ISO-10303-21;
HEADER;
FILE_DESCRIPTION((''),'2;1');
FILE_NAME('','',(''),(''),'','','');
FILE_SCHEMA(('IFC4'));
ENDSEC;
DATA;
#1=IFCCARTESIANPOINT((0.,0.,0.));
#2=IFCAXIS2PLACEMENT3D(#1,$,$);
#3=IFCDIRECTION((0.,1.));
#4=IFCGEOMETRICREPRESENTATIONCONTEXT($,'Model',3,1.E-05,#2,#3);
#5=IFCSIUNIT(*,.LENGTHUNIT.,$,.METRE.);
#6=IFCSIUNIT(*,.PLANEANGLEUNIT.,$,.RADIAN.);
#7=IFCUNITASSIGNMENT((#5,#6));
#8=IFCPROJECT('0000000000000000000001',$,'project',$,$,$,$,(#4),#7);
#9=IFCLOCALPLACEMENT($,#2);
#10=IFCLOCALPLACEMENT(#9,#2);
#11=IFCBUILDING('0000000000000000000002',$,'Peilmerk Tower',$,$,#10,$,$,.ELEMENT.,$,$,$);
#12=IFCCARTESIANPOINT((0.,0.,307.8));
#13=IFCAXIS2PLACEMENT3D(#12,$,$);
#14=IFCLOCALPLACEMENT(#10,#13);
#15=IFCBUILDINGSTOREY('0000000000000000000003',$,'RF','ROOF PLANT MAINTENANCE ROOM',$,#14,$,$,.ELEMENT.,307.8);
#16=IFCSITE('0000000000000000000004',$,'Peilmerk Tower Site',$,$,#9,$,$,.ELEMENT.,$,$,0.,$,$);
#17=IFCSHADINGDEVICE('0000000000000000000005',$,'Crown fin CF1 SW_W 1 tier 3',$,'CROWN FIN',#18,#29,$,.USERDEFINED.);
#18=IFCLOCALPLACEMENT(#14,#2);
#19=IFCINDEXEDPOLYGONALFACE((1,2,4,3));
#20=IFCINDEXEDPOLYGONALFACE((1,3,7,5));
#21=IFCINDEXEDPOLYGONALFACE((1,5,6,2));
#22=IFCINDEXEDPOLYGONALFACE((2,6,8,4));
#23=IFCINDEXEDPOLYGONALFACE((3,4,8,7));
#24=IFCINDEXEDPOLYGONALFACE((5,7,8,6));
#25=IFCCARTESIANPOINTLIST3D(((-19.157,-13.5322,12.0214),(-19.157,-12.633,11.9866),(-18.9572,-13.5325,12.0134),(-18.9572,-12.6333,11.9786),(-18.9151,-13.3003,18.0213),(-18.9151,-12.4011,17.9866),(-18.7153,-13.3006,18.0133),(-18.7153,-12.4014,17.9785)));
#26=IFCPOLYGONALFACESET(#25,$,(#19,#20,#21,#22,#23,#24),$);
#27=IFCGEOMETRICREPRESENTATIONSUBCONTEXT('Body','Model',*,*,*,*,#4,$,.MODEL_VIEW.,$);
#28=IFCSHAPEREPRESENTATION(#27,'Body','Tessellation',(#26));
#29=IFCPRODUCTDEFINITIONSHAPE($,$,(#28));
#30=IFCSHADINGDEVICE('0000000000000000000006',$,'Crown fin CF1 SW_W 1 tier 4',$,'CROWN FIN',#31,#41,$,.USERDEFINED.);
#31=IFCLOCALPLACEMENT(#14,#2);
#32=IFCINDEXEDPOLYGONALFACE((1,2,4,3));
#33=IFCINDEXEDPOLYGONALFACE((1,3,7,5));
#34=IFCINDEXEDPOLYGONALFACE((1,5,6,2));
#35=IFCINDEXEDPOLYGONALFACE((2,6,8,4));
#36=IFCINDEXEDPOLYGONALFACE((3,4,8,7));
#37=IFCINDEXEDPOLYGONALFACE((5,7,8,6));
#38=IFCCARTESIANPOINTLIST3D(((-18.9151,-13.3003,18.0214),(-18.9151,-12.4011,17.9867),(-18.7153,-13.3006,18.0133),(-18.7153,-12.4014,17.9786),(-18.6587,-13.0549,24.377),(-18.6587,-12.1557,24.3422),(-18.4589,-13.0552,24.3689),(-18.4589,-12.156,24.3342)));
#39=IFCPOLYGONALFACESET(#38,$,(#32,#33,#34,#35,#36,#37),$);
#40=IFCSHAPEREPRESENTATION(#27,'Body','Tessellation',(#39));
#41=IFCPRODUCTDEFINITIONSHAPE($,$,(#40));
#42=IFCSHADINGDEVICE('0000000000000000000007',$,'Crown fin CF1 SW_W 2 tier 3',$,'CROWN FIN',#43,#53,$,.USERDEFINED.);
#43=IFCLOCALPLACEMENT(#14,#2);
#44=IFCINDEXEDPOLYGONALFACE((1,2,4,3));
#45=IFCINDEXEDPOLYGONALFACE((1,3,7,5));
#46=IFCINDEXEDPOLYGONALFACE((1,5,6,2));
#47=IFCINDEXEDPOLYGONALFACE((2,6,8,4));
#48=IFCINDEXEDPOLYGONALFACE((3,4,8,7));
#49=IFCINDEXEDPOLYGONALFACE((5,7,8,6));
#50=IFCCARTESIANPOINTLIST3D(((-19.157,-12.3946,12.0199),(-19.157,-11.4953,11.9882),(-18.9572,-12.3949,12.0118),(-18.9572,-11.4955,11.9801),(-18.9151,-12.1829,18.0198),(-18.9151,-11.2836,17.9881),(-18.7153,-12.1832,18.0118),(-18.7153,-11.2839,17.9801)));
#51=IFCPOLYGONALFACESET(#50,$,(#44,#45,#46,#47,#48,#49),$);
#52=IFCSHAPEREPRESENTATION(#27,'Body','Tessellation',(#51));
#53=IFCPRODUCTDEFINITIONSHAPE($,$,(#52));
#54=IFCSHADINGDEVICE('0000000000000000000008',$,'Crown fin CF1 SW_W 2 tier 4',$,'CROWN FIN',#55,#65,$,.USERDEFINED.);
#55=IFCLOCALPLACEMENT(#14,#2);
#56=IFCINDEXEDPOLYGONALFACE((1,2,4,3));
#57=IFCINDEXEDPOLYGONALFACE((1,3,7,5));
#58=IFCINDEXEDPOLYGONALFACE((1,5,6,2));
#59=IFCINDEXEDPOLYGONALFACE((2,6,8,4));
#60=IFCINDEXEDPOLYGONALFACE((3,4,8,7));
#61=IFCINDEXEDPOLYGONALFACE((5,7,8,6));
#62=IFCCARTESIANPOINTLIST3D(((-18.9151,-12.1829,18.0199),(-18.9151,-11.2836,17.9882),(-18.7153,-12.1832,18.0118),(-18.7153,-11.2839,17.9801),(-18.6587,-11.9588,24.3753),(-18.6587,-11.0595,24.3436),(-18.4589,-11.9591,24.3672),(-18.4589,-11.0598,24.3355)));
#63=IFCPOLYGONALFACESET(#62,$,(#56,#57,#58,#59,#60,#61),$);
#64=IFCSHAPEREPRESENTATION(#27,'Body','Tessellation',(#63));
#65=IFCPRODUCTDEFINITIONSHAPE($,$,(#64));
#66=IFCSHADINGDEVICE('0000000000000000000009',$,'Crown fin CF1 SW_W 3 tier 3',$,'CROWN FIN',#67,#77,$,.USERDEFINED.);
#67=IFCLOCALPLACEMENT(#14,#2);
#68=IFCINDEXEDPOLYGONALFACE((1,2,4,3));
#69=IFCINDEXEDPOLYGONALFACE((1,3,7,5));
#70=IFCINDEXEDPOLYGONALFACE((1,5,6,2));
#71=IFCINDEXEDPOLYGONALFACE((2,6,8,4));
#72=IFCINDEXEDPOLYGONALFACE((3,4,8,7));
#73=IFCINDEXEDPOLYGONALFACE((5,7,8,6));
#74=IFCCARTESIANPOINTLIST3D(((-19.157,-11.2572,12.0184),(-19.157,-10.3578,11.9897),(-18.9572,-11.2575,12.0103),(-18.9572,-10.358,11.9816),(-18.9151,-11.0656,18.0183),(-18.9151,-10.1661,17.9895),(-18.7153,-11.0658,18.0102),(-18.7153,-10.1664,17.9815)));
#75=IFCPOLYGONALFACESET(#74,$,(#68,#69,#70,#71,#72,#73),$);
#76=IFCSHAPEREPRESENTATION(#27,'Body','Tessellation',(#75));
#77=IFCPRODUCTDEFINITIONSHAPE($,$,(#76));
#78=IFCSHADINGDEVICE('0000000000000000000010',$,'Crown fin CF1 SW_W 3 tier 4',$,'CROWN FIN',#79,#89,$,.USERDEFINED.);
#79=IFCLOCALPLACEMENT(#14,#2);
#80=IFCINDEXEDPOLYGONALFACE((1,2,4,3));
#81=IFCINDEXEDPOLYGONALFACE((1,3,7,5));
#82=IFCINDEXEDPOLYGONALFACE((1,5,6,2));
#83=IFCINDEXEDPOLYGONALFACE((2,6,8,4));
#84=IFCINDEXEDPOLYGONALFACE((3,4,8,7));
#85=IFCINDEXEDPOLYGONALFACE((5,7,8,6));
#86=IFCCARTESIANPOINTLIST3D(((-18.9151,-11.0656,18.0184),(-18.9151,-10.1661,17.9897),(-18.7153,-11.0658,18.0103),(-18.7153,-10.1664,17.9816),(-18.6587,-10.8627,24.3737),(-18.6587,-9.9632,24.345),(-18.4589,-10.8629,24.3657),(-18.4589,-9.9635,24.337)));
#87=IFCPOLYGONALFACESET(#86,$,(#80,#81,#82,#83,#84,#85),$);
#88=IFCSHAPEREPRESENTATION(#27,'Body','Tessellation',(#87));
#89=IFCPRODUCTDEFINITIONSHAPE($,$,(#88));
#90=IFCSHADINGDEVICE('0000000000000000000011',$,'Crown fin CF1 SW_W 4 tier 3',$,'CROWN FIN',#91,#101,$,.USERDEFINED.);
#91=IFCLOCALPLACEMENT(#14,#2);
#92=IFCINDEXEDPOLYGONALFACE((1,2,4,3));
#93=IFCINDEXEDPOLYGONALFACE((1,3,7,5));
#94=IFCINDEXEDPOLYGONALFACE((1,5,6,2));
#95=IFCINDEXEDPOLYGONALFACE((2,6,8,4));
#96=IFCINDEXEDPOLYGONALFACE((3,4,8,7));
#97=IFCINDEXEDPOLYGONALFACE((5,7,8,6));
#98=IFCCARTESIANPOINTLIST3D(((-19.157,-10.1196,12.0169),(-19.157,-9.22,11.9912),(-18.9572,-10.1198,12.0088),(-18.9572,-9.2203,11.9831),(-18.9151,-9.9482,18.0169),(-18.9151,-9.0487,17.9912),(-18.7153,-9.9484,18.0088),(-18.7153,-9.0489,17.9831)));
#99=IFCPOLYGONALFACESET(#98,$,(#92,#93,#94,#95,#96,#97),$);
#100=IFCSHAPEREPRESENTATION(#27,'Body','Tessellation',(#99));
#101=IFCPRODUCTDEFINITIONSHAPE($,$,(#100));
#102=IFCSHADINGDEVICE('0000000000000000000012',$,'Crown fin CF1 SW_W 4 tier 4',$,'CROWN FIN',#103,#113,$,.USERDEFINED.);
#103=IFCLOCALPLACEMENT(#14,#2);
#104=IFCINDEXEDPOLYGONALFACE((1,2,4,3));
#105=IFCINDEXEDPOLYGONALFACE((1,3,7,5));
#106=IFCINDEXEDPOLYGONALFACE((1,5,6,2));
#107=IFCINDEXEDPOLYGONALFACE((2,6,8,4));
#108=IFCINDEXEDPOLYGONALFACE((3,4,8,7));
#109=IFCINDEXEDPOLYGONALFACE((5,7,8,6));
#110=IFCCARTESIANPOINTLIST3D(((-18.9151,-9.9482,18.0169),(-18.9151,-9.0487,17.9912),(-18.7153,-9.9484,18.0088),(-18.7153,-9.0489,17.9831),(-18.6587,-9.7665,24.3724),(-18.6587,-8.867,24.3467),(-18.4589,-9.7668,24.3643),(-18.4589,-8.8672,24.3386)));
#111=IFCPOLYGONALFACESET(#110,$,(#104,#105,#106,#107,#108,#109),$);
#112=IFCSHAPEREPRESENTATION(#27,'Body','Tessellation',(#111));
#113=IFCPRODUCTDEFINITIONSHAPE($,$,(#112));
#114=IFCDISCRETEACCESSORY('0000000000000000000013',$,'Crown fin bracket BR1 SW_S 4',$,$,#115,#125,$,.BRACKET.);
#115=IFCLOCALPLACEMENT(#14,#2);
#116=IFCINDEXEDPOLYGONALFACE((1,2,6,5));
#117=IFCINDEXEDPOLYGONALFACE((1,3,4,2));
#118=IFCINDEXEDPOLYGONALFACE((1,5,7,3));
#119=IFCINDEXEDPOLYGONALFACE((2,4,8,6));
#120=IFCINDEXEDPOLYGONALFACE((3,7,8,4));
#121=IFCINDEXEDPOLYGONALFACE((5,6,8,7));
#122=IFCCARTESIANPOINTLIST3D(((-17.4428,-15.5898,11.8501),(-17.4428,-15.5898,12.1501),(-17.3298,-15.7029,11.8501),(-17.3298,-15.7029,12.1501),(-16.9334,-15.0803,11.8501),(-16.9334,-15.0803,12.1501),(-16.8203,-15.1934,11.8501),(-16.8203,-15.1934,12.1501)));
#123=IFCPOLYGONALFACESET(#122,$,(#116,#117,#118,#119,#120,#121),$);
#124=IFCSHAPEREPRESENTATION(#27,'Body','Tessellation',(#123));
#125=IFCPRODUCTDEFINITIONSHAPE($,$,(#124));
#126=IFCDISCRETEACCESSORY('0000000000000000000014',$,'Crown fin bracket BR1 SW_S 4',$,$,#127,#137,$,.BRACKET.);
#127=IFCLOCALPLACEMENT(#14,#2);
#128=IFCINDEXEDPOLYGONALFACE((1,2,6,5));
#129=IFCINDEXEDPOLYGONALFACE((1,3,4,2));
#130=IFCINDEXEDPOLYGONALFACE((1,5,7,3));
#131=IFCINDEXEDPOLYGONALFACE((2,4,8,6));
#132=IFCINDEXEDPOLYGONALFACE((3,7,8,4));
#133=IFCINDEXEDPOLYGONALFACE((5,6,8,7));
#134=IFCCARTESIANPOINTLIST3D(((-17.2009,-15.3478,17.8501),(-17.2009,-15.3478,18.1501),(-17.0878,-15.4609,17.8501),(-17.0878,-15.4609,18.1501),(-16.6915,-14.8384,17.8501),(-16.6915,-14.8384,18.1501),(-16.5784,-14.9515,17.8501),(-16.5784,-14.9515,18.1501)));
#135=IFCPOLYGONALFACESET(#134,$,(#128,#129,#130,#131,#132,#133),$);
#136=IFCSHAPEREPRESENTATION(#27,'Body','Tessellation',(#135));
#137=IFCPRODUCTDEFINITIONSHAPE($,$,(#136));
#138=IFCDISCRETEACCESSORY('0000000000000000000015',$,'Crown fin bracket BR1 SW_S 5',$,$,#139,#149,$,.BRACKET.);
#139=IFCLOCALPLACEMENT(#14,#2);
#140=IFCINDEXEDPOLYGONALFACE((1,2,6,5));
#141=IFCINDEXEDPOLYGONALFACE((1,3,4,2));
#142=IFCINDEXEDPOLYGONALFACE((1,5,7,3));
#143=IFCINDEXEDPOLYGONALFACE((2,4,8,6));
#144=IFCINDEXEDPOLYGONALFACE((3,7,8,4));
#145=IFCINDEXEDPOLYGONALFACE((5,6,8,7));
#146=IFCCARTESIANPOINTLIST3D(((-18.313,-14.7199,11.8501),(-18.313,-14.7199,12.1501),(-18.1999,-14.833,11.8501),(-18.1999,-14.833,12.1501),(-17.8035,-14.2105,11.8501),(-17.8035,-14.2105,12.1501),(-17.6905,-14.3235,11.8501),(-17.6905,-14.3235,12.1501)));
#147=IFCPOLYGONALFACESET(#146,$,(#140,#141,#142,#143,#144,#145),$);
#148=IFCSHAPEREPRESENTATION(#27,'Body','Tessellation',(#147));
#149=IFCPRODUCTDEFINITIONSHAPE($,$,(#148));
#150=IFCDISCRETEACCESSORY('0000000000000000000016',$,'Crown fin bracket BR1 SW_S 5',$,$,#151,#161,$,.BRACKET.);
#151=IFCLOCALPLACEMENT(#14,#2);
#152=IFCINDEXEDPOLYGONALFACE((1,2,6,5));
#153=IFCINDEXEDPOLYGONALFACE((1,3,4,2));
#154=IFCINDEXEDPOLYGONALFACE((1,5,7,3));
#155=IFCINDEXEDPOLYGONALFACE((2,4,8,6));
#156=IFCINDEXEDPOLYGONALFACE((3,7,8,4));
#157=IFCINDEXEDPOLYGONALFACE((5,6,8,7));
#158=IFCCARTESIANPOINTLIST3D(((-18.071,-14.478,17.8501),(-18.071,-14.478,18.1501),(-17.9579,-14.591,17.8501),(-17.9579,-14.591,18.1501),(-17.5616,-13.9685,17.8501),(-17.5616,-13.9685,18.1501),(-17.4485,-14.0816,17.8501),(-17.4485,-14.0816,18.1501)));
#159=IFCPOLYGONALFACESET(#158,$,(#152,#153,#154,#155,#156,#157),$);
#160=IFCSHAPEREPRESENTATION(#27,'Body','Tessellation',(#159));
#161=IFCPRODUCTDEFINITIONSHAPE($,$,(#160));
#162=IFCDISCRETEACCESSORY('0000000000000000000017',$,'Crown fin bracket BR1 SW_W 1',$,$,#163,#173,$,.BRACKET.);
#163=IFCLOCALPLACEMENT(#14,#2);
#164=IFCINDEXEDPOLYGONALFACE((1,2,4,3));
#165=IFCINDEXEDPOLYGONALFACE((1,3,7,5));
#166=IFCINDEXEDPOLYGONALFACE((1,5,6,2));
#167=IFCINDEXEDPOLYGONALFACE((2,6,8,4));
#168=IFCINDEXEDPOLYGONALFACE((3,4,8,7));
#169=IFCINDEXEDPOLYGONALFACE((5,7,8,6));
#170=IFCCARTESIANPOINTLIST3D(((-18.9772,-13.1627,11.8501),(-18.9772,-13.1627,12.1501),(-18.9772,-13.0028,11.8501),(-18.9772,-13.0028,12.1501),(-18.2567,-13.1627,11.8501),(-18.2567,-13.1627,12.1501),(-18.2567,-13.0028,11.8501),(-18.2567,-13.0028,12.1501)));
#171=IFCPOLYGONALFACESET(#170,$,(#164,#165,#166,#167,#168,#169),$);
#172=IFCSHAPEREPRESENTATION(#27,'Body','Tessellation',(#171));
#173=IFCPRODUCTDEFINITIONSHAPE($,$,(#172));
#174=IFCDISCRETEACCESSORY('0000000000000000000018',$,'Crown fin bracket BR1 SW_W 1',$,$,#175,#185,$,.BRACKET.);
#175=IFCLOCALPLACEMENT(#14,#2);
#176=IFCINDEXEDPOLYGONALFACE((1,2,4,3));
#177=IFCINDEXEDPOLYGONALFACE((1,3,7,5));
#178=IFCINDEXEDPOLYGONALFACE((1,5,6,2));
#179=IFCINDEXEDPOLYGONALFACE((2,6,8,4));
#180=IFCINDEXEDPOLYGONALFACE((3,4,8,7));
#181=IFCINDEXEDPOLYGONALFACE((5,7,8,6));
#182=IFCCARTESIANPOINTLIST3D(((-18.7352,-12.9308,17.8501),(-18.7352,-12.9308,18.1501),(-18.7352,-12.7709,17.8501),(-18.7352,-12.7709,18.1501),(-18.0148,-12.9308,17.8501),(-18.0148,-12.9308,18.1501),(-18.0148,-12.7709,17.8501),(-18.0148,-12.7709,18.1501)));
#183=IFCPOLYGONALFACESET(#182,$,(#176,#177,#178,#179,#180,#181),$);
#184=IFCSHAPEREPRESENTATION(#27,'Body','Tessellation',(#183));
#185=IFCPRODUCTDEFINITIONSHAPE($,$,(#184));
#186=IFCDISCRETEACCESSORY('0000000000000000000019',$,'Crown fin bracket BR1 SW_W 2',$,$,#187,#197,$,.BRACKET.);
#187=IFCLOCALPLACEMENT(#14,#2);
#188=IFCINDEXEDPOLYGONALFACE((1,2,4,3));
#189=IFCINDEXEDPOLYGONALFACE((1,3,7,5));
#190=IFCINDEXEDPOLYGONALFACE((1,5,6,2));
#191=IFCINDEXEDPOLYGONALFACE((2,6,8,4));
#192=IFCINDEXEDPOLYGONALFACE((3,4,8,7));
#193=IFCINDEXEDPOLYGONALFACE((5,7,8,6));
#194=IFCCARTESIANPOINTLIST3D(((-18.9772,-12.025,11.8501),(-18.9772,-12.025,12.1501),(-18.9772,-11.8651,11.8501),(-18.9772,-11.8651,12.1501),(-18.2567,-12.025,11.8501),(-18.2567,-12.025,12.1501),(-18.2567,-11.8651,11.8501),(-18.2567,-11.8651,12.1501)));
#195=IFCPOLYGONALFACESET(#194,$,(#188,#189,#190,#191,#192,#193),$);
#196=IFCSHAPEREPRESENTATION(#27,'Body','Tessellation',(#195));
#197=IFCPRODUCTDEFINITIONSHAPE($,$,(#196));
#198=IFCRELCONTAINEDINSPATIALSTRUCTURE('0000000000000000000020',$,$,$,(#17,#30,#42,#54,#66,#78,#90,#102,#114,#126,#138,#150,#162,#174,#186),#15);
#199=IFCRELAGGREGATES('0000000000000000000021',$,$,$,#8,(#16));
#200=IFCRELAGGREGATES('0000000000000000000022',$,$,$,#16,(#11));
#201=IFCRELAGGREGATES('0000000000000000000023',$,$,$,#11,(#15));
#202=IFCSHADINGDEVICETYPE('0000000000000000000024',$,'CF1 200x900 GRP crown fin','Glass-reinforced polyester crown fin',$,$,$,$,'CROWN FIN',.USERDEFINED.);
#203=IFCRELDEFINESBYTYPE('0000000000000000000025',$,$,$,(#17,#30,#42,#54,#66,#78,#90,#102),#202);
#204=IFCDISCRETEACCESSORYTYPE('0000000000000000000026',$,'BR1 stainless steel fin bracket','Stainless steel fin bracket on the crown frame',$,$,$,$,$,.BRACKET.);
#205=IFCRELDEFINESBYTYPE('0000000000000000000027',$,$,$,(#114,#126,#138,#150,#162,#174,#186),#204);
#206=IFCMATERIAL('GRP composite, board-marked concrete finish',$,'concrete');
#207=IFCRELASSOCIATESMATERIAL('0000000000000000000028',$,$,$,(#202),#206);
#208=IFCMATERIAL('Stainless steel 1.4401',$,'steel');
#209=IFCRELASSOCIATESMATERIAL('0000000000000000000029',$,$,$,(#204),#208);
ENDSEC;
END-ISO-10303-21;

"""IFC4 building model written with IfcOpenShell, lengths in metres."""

from ifc_helpers import new_model, si_unit, direction, frame, origin, origin_2d, place, context, subcontext, project, spatial, rectangle, extrude, source, transform, mapped, material, material_profile, profile_set, type_object, element, save


model = new_model("IFC4")

# Units and contexts
model_context = context("Model", 3, precision=1e-05, world=origin(), true_north=direction((0.0, 1.0)))
body_context = subcontext(model_context, "Body", "Model", "MODEL_VIEW")
ifc_project = project(units=[si_unit("LENGTHUNIT", "METRE"), si_unit("PLANEANGLEUNIT", "RADIAN")], contexts=[model_context])

# Site, building, storey
site_placement = place(None, origin())
site = spatial("IfcSite", under=ifc_project, at=site_placement, Name="Peilmerk Tower Site", CompositionType="ELEMENT", RefElevation=0.0)
building_placement = place(site_placement, origin())
building = spatial("IfcBuilding", under=site, at=building_placement, Name="Peilmerk Tower", CompositionType="ELEMENT")
storey_placement = place(building_placement, frame((0.0, 0.0, 307.8)))
storey = spatial("IfcBuildingStorey", under=building, at=storey_placement, Name="RF", Description="ROOF PLANT MAINTENANCE ROOM", CompositionType="ELEMENT", Elevation=307.8)

# Shading devices
ifc_material_1 = material(Name="GRP composite, board-marked concrete finish", Category="concrete")
ifc_material_profile_1 = material_profile(ifc_material_1, rectangle(XDim=0.2, YDim=0.8999, at=origin_2d()), Name="CF1 200x900")
ifc_profile_set_1 = profile_set([ifc_material_profile_1], Name="GRP composite, board-marked concrete finish")
shading_device_type = type_object("IfcShadingDeviceType", Name="CF1 200x900 GRP crown fin", Description="Glass-reinforced polyester crown fin", ElementType="CROWN FIN", PredefinedType="USERDEFINED", material=ifc_profile_set_1)
shared_shape_1 = source(origin(), body_context, "Body", "SweptSolid", [
    extrude(rectangle(XDim=0.2, YDim=0.8999, at=origin_2d()), origin(), (0.0, 0.0, 1.0), 6.0093),
])
shading_device_1_placement = place(storey_placement, frame((-19.0571, -13.0828, 12.0), z_axis=(0.040261, 0.038595, 0.998444), x_axis=(-0.999189, 0.001555, 0.040231)))
element("IfcShadingDevice", 1, at=shading_device_1_placement, inside=storey, type_object=shading_device_type, Name="Crown fin CF1 SW_W 1 tier 3", ObjectType="CROWN FIN", PredefinedType="USERDEFINED", context=body_context, shape_type="MappedRepresentation", body=[
    mapped(shared_shape_1, transform((0.0, 0.0, 0.0), scale=1.0)),
])
shared_shape_2 = source(origin(), body_context, "Body", "SweptSolid", [
    extrude(rectangle(XDim=0.2, YDim=0.8999, at=origin_2d()), origin(), (0.0, 0.0, 1.0), 6.3655),
])
shading_device_2_placement = place(storey_placement, frame((-18.8152, -12.8508, 18.0), z_axis=(0.040272, 0.038546, 0.998445), x_axis=(-0.999189, 0.001554, 0.040242)))
element("IfcShadingDevice", 2, at=shading_device_2_placement, inside=storey, type_object=shading_device_type, Name="Crown fin CF1 SW_W 1 tier 4", ObjectType="CROWN FIN", PredefinedType="USERDEFINED", context=body_context, shape_type="MappedRepresentation", body=[
    mapped(shared_shape_2, transform((0.0, 0.0, 0.0), scale=1.0)),
])
shared_shape_3 = source(origin(), body_context, "Body", "SweptSolid", [
    extrude(rectangle(XDim=0.2, YDim=0.8999, at=origin_2d()), origin(), (0.0, 0.0, 1.0), 6.0085),
])
shading_device_3_placement = place(storey_placement, frame((-19.0571, -11.9451, 12.0), z_axis=(0.040266, 0.035228, 0.998568), x_axis=(-0.999189, 0.00142, 0.040241)))
element("IfcShadingDevice", 3, at=shading_device_3_placement, inside=storey, type_object=shading_device_type, Name="Crown fin CF1 SW_W 2 tier 3", ObjectType="CROWN FIN", PredefinedType="USERDEFINED", context=body_context, shape_type="MappedRepresentation", body=[
    mapped(shared_shape_3, transform((0.0, 0.0, 0.0), scale=1.0)),
])
shared_shape_4 = source(origin(), body_context, "Body", "SweptSolid", [
    extrude(rectangle(XDim=0.2, YDim=0.8999, at=origin_2d()), origin(), (0.0, 0.0, 1.0), 6.3645),
])
shading_device_4_placement = place(storey_placement, frame((-18.8152, -11.7334, 18.0), z_axis=(0.040277, 0.035214, 0.998568), x_axis=(-0.999189, 0.001419, 0.040252)))
element("IfcShadingDevice", 4, at=shading_device_4_placement, inside=storey, type_object=shading_device_type, Name="Crown fin CF1 SW_W 2 tier 4", ObjectType="CROWN FIN", PredefinedType="USERDEFINED", context=body_context, shape_type="MappedRepresentation", body=[
    mapped(shared_shape_4, transform((0.0, 0.0, 0.0), scale=1.0)),
])
shared_shape_5 = source(origin(), body_context, "Body", "SweptSolid", [
    extrude(rectangle(XDim=0.2, YDim=0.8999, at=origin_2d()), origin(), (0.0, 0.0, 1.0), 6.0078),
])
shading_device_5_placement = place(storey_placement, frame((-19.0571, -10.8076, 12.0), z_axis=(0.040271, 0.0319, 0.998679), x_axis=(-0.999189, 0.001286, 0.04025)))
element("IfcShadingDevice", 5, at=shading_device_5_placement, inside=storey, type_object=shading_device_type, Name="Crown fin CF1 SW_W 3 tier 3", ObjectType="CROWN FIN", PredefinedType="USERDEFINED", context=body_context, shape_type="MappedRepresentation", body=[
    mapped(shared_shape_5, transform((0.0, 0.0, 0.0), scale=1.0)),
])
shared_shape_6 = source(origin(), body_context, "Body", "SweptSolid", [
    extrude(rectangle(XDim=0.2, YDim=0.8999, at=origin_2d()), origin(), (0.0, 0.0, 1.0), 6.3638),
])
shading_device_6_placement = place(storey_placement, frame((-18.8152, -10.616, 18.0), z_axis=(0.040282, 0.03188, 0.99868), x_axis=(-0.999188, 0.001285, 0.040261)))
element("IfcShadingDevice", 6, at=shading_device_6_placement, inside=storey, type_object=shading_device_type, Name="Crown fin CF1 SW_W 3 tier 4", ObjectType="CROWN FIN", PredefinedType="USERDEFINED", context=body_context, shape_type="MappedRepresentation", body=[
    mapped(shared_shape_6, transform((0.0, 0.0, 0.0), scale=1.0)),
])
shared_shape_7 = source(origin(), body_context, "Body", "SweptSolid", [
    extrude(rectangle(XDim=0.2, YDim=0.8999, at=origin_2d()), origin(), (0.0, 0.0, 1.0), 6.0073),
])
shading_device_7_placement = place(storey_placement, frame((-19.0571, -9.6699, 12.0), z_axis=(0.040275, 0.02853, 0.998781), x_axis=(-0.999189, 0.00115, 0.040258)))
element("IfcShadingDevice", 7, at=shading_device_7_placement, inside=storey, type_object=shading_device_type, Name="Crown fin CF1 SW_W 4 tier 3", ObjectType="CROWN FIN", PredefinedType="USERDEFINED", context=body_context, shape_type="MappedRepresentation", body=[
    mapped(shared_shape_7, transform((0.0, 0.0, 0.0), scale=1.0)),
])
shared_shape_8 = source(origin(), body_context, "Body", "SweptSolid", [
    extrude(rectangle(XDim=0.2, YDim=0.8999, at=origin_2d()), origin(), (0.0, 0.0, 1.0), 6.3633),
])
shading_device_8_placement = place(storey_placement, frame((-18.8152, -9.4985, 18.0), z_axis=(0.040286, 0.028545, 0.99878), x_axis=(-0.999188, 0.001151, 0.040269)))
element("IfcShadingDevice", 8, at=shading_device_8_placement, inside=storey, type_object=shading_device_type, Name="Crown fin CF1 SW_W 4 tier 4", ObjectType="CROWN FIN", PredefinedType="USERDEFINED", context=body_context, shape_type="MappedRepresentation", body=[
    mapped(shared_shape_8, transform((0.0, 0.0, 0.0), scale=1.0)),
])

# Discrete accessories
ifc_material_2 = material(Name="Stainless steel 1.4401", Category="steel")
discrete_accessory_type = type_object("IfcDiscreteAccessoryType", Name="BR1 stainless steel fin bracket", Description="Stainless steel fin bracket on the crown frame", PredefinedType="BRACKET", material=ifc_material_2)
shared_shape_9 = source(origin(), body_context, "Body", "SweptSolid", [
    extrude(rectangle(XDim=0.7205, YDim=0.1599, at=origin_2d()), origin(), (0.0, 0.0, 1.0), 0.3),
])
for number, where, z_axis, x_axis, name in (
    (9, (-17.1316, -15.3916, 11.8501), (0.0, 0.0, 1.0), (-0.707107, -0.707107, 0.0), "Crown fin bracket BR1 SW_S 4"),
    (10, (-16.8896, -15.1497, 17.8501), (0.0, 0.0, 1.0), (-0.707107, -0.707107, 0.0), "Crown fin bracket BR1 SW_S 4"),
    (11, (-18.0017, -14.5217, 11.8501), (0.0, 0.0, 1.0), (-0.707107, -0.707107, 0.0), "Crown fin bracket BR1 SW_S 5"),
    (12, (-17.7598, -14.2798, 17.8501), (0.0, 0.0, 1.0), (-0.707107, -0.707107, 0.0), "Crown fin bracket BR1 SW_S 5"),
    (13, (-18.6169, -13.0828, 11.8501), (0.0, 0.0, 1.0), (-1.0, 0.0, 0.0), "Crown fin bracket BR1 SW_W 1"),
    (14, (-18.375, -12.8508, 17.8501), (0.0, 0.0, 1.0), (-1.0, 0.0, 0.0), "Crown fin bracket BR1 SW_W 1"),
    (15, (-18.6169, -11.9451, 11.8501), (0.0, 0.0, 1.0), (-1.0, 0.0, 0.0), "Crown fin bracket BR1 SW_W 2"),
):
    element("IfcDiscreteAccessory", number, at=place(storey_placement, frame(where, z_axis=z_axis, x_axis=x_axis)), inside=storey, type_object=discrete_accessory_type, Name=name, PredefinedType="BRACKET", context=body_context, shape_type="MappedRepresentation", body=[
        mapped(shared_shape_9, transform((0.0, 0.0, 0.0), scale=1.0)),
    ])

save(model, "model.ifc")
